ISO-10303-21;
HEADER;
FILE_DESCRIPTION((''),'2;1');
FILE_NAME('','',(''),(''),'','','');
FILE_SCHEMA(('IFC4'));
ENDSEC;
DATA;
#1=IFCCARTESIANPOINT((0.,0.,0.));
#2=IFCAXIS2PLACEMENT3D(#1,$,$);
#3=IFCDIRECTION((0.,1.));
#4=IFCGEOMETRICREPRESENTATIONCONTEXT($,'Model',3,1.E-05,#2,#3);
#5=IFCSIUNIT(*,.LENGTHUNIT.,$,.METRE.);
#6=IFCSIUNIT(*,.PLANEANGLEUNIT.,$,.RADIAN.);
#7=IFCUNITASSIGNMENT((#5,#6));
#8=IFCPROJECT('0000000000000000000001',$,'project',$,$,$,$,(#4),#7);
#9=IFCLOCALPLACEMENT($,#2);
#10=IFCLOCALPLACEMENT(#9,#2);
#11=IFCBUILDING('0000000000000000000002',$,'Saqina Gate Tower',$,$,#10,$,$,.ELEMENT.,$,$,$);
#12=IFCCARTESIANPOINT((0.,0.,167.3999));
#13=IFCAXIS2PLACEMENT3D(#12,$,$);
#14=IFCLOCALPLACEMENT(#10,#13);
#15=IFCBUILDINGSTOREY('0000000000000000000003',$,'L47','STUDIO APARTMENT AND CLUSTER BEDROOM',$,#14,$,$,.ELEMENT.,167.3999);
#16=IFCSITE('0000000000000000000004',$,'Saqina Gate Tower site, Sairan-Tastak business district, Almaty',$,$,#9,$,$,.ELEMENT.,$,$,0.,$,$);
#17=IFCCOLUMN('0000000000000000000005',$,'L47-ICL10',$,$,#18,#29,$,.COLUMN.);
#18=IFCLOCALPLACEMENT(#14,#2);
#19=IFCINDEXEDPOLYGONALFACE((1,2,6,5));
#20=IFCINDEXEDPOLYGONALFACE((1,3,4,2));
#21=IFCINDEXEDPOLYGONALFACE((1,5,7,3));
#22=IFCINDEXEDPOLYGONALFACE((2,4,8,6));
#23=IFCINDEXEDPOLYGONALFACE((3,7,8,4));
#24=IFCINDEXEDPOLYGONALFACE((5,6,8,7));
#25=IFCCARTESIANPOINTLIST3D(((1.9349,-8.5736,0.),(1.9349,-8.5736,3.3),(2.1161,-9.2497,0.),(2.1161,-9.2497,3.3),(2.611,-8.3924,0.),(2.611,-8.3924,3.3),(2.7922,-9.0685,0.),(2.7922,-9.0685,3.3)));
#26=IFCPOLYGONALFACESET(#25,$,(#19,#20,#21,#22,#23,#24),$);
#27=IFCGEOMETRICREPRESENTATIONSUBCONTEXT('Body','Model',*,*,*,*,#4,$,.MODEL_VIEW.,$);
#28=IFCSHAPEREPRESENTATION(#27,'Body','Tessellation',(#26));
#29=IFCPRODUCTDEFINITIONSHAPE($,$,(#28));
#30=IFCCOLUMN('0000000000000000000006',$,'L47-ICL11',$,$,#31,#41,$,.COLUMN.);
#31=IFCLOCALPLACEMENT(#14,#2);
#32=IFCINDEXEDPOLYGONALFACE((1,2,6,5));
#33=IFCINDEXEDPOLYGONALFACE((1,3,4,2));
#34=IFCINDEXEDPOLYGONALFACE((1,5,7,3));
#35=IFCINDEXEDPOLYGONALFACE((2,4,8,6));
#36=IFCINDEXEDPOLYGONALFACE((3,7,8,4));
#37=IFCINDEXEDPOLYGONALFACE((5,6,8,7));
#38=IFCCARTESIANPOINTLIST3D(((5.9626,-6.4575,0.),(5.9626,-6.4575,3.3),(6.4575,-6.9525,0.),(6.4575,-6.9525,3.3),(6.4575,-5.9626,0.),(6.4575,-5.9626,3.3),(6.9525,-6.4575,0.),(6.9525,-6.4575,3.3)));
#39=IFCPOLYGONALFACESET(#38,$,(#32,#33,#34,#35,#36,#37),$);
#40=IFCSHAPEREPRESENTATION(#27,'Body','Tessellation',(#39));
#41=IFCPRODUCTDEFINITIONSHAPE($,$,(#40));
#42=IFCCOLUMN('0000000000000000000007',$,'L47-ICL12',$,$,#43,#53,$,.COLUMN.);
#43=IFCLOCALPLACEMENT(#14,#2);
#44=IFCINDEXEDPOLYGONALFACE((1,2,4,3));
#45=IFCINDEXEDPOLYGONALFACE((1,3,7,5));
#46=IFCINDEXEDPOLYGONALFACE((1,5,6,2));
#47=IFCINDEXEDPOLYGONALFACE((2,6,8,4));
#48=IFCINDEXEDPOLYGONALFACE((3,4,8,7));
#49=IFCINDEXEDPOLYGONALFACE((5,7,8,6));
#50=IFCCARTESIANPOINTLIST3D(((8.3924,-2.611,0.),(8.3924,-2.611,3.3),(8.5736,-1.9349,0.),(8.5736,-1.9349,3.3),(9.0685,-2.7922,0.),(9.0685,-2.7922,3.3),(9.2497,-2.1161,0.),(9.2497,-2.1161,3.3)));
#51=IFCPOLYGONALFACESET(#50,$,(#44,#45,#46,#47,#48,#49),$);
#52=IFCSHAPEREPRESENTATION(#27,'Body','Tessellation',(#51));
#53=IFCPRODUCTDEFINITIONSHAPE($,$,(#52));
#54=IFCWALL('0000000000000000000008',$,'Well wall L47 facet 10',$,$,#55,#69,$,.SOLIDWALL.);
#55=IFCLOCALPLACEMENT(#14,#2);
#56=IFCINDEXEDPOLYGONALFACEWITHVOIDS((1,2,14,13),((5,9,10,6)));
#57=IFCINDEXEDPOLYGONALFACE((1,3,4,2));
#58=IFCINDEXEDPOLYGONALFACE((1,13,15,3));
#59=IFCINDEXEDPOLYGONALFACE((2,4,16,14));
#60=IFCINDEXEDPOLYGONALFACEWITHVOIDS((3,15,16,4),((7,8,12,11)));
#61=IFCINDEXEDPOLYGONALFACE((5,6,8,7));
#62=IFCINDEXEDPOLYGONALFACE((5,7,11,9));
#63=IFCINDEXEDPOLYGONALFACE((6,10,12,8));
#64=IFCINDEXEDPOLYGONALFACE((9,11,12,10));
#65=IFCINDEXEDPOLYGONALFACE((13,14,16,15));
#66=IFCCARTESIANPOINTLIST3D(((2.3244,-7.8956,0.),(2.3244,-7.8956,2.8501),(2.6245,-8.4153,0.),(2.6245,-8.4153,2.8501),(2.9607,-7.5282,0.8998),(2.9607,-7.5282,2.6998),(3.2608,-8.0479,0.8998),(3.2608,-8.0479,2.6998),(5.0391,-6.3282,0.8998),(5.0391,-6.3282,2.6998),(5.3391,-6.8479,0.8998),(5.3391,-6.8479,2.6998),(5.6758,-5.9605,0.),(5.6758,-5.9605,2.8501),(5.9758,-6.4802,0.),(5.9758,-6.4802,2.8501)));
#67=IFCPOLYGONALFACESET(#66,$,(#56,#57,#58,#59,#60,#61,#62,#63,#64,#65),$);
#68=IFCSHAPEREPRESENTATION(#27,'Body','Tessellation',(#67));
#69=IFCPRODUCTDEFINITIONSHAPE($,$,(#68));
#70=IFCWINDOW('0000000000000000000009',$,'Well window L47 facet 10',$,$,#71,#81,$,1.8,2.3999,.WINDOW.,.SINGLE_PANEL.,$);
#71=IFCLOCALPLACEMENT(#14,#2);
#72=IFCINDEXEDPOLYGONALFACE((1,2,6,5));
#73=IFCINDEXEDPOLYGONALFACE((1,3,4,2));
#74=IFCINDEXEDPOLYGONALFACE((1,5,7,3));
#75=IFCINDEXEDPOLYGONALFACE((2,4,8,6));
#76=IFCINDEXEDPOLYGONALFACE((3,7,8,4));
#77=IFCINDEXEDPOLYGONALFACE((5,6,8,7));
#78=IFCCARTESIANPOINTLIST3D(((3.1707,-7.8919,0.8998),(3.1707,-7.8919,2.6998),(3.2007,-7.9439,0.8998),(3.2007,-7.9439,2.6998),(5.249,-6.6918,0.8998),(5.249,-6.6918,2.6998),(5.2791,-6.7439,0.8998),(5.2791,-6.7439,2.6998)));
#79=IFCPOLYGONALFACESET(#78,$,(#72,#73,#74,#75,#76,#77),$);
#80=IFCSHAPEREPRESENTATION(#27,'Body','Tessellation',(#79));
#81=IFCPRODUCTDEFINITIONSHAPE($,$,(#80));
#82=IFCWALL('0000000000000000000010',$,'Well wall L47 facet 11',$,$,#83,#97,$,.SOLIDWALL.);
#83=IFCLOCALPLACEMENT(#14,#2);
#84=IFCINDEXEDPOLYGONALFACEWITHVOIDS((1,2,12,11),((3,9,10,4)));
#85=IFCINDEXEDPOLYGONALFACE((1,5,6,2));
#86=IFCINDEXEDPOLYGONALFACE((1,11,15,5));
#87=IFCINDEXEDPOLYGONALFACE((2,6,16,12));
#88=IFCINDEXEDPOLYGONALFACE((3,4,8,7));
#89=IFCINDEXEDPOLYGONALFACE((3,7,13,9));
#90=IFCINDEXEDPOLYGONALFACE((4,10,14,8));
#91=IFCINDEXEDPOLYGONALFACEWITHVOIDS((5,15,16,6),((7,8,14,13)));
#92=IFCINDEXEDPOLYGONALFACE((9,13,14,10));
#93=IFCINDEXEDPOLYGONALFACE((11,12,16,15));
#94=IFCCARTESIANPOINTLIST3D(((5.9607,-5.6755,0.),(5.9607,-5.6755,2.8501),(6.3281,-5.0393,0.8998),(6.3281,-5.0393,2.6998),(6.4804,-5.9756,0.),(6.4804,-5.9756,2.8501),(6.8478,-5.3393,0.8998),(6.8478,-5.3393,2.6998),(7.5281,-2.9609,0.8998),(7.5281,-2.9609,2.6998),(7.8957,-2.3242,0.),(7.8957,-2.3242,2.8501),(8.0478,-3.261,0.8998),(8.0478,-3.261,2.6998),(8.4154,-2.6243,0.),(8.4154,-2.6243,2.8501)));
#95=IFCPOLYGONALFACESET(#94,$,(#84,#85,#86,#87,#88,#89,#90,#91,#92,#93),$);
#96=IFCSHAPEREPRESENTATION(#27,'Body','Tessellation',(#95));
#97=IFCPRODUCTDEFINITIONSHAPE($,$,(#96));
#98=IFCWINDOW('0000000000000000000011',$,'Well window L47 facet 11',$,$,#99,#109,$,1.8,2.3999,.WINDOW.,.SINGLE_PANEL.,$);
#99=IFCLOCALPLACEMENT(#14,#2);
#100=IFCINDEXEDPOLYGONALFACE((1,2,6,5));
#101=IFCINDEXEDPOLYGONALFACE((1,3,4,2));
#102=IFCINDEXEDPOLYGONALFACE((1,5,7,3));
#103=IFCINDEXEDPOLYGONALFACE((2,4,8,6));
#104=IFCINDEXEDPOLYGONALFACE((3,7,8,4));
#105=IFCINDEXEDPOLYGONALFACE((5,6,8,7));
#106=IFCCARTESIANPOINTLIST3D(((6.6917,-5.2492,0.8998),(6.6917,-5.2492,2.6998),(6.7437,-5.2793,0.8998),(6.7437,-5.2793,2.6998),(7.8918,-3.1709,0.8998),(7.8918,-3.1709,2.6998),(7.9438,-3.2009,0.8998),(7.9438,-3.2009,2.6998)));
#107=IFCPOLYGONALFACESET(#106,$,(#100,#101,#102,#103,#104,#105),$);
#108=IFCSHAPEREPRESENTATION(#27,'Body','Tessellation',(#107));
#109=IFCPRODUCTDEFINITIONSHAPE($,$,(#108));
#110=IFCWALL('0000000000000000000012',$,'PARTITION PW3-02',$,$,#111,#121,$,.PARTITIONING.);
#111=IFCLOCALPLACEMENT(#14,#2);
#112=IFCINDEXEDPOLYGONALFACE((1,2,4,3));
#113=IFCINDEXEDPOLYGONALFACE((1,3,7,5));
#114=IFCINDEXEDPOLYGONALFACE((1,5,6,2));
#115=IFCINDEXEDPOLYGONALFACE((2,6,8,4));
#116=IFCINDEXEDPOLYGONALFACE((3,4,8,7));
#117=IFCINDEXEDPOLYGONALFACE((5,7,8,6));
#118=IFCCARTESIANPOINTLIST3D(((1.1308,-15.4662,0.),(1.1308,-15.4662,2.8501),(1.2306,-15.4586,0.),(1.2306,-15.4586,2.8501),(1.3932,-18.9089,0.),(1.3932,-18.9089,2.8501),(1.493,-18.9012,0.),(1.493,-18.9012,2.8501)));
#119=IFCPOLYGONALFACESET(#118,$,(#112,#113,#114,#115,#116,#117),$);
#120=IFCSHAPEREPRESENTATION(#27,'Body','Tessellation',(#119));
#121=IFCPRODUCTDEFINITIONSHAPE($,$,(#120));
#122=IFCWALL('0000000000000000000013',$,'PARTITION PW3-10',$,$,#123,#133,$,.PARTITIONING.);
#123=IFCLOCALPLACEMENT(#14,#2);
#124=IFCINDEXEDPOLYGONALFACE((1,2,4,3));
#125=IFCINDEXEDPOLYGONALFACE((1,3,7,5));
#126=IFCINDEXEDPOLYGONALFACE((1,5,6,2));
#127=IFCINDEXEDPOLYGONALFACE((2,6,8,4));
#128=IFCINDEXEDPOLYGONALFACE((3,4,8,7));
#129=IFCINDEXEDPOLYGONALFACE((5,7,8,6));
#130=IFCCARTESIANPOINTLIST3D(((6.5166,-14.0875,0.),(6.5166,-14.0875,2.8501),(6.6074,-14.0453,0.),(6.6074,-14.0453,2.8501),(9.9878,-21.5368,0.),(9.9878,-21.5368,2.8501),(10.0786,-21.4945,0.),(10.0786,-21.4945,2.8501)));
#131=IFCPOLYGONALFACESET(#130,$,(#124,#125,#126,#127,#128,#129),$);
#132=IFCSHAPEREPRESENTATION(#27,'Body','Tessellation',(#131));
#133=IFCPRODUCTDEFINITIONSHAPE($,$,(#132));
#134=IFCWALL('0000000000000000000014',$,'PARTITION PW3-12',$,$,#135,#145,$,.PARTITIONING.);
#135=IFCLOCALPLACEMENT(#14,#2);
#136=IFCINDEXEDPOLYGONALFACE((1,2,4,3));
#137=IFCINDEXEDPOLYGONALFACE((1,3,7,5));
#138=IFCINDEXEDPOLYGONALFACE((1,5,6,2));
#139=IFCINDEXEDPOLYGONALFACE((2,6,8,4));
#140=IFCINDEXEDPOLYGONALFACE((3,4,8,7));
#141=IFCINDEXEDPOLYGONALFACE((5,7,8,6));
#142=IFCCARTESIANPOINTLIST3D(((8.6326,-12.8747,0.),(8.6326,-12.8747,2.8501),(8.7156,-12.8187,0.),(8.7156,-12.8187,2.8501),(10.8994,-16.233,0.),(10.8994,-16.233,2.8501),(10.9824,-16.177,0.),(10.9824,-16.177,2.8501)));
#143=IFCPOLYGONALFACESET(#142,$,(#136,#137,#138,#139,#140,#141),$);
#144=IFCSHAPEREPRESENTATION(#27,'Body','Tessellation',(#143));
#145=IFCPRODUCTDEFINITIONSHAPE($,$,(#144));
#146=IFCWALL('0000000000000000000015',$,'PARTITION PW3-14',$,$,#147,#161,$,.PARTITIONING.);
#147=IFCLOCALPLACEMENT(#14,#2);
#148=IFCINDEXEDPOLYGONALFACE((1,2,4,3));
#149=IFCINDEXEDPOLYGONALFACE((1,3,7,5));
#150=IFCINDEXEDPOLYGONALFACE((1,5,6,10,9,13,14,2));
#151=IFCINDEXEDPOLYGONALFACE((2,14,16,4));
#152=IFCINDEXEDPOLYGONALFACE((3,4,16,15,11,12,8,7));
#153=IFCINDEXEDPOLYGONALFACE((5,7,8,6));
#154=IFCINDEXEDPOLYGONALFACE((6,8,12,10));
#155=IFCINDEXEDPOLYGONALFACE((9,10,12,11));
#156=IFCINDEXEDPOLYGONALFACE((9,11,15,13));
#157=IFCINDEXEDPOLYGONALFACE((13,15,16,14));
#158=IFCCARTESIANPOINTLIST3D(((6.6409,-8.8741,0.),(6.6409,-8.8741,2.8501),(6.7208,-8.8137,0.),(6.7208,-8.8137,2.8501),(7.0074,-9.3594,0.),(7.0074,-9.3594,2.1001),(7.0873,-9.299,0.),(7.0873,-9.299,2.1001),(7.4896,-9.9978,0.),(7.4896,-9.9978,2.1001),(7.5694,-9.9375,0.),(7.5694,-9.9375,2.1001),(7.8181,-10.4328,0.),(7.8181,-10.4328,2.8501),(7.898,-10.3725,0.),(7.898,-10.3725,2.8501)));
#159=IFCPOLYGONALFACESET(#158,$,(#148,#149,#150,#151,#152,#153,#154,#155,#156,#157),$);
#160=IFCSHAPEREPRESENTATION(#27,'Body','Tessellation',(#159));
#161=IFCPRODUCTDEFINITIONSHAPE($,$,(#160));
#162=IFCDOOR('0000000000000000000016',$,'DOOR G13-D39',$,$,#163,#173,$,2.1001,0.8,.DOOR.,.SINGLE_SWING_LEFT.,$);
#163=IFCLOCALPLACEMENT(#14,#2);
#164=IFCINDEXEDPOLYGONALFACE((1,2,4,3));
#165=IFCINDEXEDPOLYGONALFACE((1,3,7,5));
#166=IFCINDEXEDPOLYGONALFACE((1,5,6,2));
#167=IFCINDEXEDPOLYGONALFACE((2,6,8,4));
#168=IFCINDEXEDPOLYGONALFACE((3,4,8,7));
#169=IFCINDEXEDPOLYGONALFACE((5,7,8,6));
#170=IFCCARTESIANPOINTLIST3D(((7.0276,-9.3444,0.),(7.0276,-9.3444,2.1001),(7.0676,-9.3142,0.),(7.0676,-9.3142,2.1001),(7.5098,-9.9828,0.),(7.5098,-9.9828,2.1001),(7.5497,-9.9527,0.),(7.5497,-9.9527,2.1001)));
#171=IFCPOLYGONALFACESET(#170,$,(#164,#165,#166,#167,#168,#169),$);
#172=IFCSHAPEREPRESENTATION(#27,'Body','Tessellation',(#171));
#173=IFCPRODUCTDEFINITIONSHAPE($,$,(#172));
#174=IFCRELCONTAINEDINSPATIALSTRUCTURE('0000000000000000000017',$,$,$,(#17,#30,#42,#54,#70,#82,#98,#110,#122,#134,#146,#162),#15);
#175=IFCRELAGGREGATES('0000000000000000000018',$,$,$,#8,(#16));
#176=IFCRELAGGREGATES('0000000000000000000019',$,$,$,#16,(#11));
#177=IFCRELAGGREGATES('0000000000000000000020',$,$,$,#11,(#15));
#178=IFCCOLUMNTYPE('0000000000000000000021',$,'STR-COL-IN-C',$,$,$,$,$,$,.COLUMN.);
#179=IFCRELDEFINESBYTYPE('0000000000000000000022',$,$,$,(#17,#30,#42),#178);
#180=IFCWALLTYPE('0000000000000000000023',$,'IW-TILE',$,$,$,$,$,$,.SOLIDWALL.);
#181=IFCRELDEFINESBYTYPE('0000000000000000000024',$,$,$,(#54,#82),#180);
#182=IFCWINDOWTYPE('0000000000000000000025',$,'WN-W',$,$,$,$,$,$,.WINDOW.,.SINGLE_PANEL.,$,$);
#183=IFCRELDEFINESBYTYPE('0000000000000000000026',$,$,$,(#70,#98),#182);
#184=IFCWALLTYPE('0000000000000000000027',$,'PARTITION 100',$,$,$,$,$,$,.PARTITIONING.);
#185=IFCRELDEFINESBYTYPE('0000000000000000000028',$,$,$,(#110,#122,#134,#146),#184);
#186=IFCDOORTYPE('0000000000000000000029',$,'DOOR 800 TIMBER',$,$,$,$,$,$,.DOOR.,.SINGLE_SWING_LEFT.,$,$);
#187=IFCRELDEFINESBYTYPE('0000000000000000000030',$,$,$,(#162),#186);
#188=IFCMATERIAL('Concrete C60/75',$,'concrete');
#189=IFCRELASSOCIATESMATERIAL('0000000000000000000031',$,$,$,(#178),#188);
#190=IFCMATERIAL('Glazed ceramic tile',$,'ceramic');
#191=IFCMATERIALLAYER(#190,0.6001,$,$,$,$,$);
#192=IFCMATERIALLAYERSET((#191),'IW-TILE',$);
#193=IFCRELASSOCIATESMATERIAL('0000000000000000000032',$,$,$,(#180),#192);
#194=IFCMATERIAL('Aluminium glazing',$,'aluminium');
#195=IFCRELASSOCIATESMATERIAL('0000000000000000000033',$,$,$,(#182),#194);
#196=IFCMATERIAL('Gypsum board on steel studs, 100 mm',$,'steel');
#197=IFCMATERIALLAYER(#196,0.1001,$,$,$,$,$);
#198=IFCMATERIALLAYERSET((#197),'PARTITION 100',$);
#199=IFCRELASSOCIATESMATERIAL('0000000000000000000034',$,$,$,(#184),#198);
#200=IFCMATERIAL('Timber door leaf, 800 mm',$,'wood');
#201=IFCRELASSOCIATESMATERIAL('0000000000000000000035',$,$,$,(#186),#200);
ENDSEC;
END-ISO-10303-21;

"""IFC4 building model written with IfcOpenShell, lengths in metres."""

from ifc_helpers import new_model, si_unit, direction, frame, frame_2d, origin, origin_2d, place, context, subcontext, project, spatial, rectangle, extrude, material, layer, layer_set, material_profile, profile_set, type_object, element, fill, save


model = new_model("IFC4")

# Units and contexts
model_context = context("Model", 3, precision=1e-05, world=origin(), true_north=direction((0.0, 1.0)))
body_context = subcontext(model_context, "Body", "Model", "MODEL_VIEW")
ifc_project = project(units=[si_unit("LENGTHUNIT", "METRE"), si_unit("PLANEANGLEUNIT", "RADIAN")], contexts=[model_context])

# Site, building, storey
site_placement = place(None, origin())
site = spatial("IfcSite", under=ifc_project, at=site_placement, Name="Saqina Gate Tower site, Sairan-Tastak business district, Almaty", CompositionType="ELEMENT", RefElevation=0.0)
building_placement = place(site_placement, origin())
building = spatial("IfcBuilding", under=site, at=building_placement, Name="Saqina Gate Tower", CompositionType="ELEMENT")
storey_placement = place(building_placement, frame((0.0, 0.0, 167.3999)))
storey = spatial("IfcBuildingStorey", under=building, at=storey_placement, Name="L47", Description="STUDIO APARTMENT AND CLUSTER BEDROOM", CompositionType="ELEMENT", Elevation=167.3999)

# Columns
ifc_material_1 = material(Name="Concrete C60/75", Category="concrete")
ifc_material_profile = material_profile(ifc_material_1, rectangle(XDim=0.7, YDim=0.7, at=origin_2d()), Name="RC 700x700")
ifc_profile_set = profile_set([ifc_material_profile], Name="Concrete C60/75")
column_type = type_object("IfcColumnType", Name="STR-COL-IN-C", PredefinedType="COLUMN", material=ifc_profile_set)
for number, where, z_axis, x_axis, name in (
    (1, (2.3635, -8.821, 0.0), (0.0, 0.0, 1.0), (0.258819, -0.965926, 0.0), "L47-ICL10"),
    (2, (6.4575, -6.4575, 0.0), (0.0, 0.0, 1.0), (0.707107, -0.707107, 0.0), "L47-ICL11"),
    (3, (8.821, -2.3635, 0.0), (0.0, 0.0, 1.0), (0.965926, -0.258819, 0.0), "L47-ICL12"),
):
    element("IfcColumn", number, at=place(storey_placement, frame(where, z_axis=z_axis, x_axis=x_axis)), inside=storey, type_object=column_type, Name=name, PredefinedType="COLUMN", context=body_context, shape_type="SweptSolid", body=[
        extrude(rectangle(XDim=0.7, YDim=0.7, at=origin_2d()), origin(), (0.0, 0.0, 1.0), 3.3),
    ])

# Walls, openings, windows
ifc_material_2 = material(Name="Glazed ceramic tile", Category="ceramic")
ifc_layer_1 = layer(ifc_material_2, 0.6001)
ifc_layer_set_1 = layer_set([ifc_layer_1], Name="IW-TILE")
wall_type_1 = type_object("IfcWallType", Name="IW-TILE", PredefinedType="SOLIDWALL", material=ifc_layer_set_1)
wall_1_placement = place(storey_placement, frame((2.4744, -8.1555, 0.0), z_axis=(0.0, 0.0, 1.0), x_axis=(0.866006, 0.500034, 0.0)))
wall_1 = element("IfcWall", 4, at=wall_1_placement, inside=storey, type_object=wall_type_1, Name="Well wall L47 facet 10", PredefinedType="SOLIDWALL", context=body_context, shape_type="SweptSolid", body=[
    extrude(rectangle(XDim=3.8699, YDim=0.6001, at=frame_2d((1.9351, 0.0))), origin(), (0.0, 0.0, 1.0), 2.8501),
])
opening_1_placement = place(wall_1_placement, frame((0.7349, 0.0, 0.8999)))
opening_1 = element("IfcOpeningElement", 5, at=opening_1_placement, cuts=wall_1, PredefinedType="OPENING", context=body_context, shape_type="SweptSolid", body=[
    extrude(rectangle(XDim=2.3999, YDim=1.8, at=frame_2d((1.2, 0.8999))), frame((0.0, 0.312, 0.0), z_axis=(0.0, -1.0, 0.0), x_axis=(1.0, 0.0, 0.0)), (0.0, 0.0, 1.0), 0.624),
])
ifc_material_3 = material(Name="Aluminium glazing", Category="aluminium")
window_type = type_object("IfcWindowType", Name="WN-W", PartitioningType="SINGLE_PANEL", PredefinedType="WINDOW", material=ifc_material_3)
window_1_placement = place(opening_1_placement, origin())
window_1 = element("IfcWindow", 6, at=window_1_placement, inside=storey, type_object=window_type, Name="Well window L47 facet 10", OverallHeight=1.8, OverallWidth=2.3999, PartitioningType="SINGLE_PANEL", PredefinedType="WINDOW", context=body_context, shape_type="SweptSolid", body=[
    extrude(rectangle(XDim=2.3999, YDim=1.8, at=frame_2d((1.2, 0.8999))), frame((0.0, -0.1199, 0.0), z_axis=(0.0, -1.0, 0.0), x_axis=(1.0, 0.0, 0.0)), (0.0, 0.0, 1.0), 0.0601),
])
fill(opening_1, window_1)
wall_2_placement = place(storey_placement, frame((6.2205, -5.8257, 0.0), z_axis=(0.0, 0.0, 1.0), x_axis=(0.500034, 0.866006, 0.0)))
wall_2 = element("IfcWall", 7, at=wall_2_placement, inside=storey, type_object=wall_type_1, Name="Well wall L47 facet 11", PredefinedType="SOLIDWALL", context=body_context, shape_type="SweptSolid", body=[
    extrude(rectangle(XDim=3.8699, YDim=0.6001, at=frame_2d((1.9351, 0.0))), origin(), (0.0, 0.0, 1.0), 2.8501),
])
opening_2_placement = place(wall_2_placement, frame((0.7349, 0.0, 0.8999)))
opening_2 = element("IfcOpeningElement", 8, at=opening_2_placement, cuts=wall_2, PredefinedType="OPENING", context=body_context, shape_type="SweptSolid", body=[
    extrude(rectangle(XDim=2.3999, YDim=1.8, at=frame_2d((1.2, 0.8999))), frame((0.0, 0.312, 0.0), z_axis=(0.0, -1.0, 0.0), x_axis=(1.0, 0.0, 0.0)), (0.0, 0.0, 1.0), 0.624),
])
window_2_placement = place(opening_2_placement, origin())
window_2 = element("IfcWindow", 9, at=window_2_placement, inside=storey, type_object=window_type, Name="Well window L47 facet 11", OverallHeight=1.8, OverallWidth=2.3999, PartitioningType="SINGLE_PANEL", PredefinedType="WINDOW", context=body_context, shape_type="SweptSolid", body=[
    extrude(rectangle(XDim=2.3999, YDim=1.8, at=frame_2d((1.2, 0.8999))), frame((0.0, -0.1199, 0.0), z_axis=(0.0, -1.0, 0.0), x_axis=(1.0, 0.0, 0.0)), (0.0, 0.0, 1.0), 0.0601),
])
fill(opening_2, window_2)

# Walls
ifc_material_4 = material(Name="Gypsum board on steel studs, 100 mm", Category="steel")
ifc_layer_2 = layer(ifc_material_4, 0.1001)
ifc_layer_set_2 = layer_set([ifc_layer_2], Name="PARTITION 100")
wall_type_2 = type_object("IfcWallType", Name="PARTITION 100", PredefinedType="PARTITIONING", material=ifc_layer_set_2)
wall_3_placement = place(storey_placement, frame((1.1807, -15.4624, 0.0), z_axis=(0.0, 0.0, 1.0), x_axis=(0.076015, -0.997107, 0.0)))
element("IfcWall", 10, at=wall_3_placement, inside=storey, type_object=wall_type_2, Name="PARTITION PW3-02", PredefinedType="PARTITIONING", context=body_context, shape_type="SweptSolid", body=[
    extrude(rectangle(XDim=3.4526, YDim=0.1001, at=frame_2d((1.7263, 0.0))), origin(), (0.0, 0.0, 1.0), 2.8501),
])
wall_4_placement = place(storey_placement, frame((6.562, -14.0664, 0.0), z_axis=(0.0, 0.0, 1.0), x_axis=(0.422375, -0.906421, 0.0)))
element("IfcWall", 11, at=wall_4_placement, inside=storey, type_object=wall_type_2, Name="PARTITION PW3-10", PredefinedType="PARTITIONING", context=body_context, shape_type="SweptSolid", body=[
    extrude(rectangle(XDim=8.2183, YDim=0.1001, at=frame_2d((4.1091, 0.0))), origin(), (0.0, 0.0, 1.0), 2.8501),
])
wall_5_placement = place(storey_placement, frame((8.6741, -12.8467, 0.0), z_axis=(0.0, 0.0, 1.0), x_axis=(0.55946, -0.828857, 0.0)))
element("IfcWall", 12, at=wall_5_placement, inside=storey, type_object=wall_type_2, Name="PARTITION PW3-12", PredefinedType="PARTITIONING", context=body_context, shape_type="SweptSolid", body=[
    extrude(rectangle(XDim=4.0518, YDim=0.1001, at=frame_2d((2.0259, 0.0))), origin(), (0.0, 0.0, 1.0), 2.8501),
])

# Wall, opening, door
wall_6_placement = place(storey_placement, frame((6.6809, -8.844, 0.0), z_axis=(0.0, 0.0, 1.0), x_axis=(0.602656, -0.798001, 0.0)))
wall_6 = element("IfcWall", 13, at=wall_6_placement, inside=storey, type_object=wall_type_2, Name="PARTITION PW3-14", PredefinedType="PARTITIONING", context=body_context, shape_type="SweptSolid", body=[
    extrude(rectangle(XDim=1.9534, YDim=0.1001, at=frame_2d((0.9766, 0.0))), origin(), (0.0, 0.0, 1.0), 2.8501),
])
opening_3_placement = place(wall_6_placement, frame((0.6082, 0.0, 0.0)))
opening_3 = element("IfcOpeningElement", 14, at=opening_3_placement, cuts=wall_6, PredefinedType="OPENING", context=body_context, shape_type="SweptSolid", body=[
    extrude(rectangle(XDim=0.8, YDim=2.1001, at=frame_2d((0.3999, 1.05))), frame((0.0, 0.062, 0.0), z_axis=(0.0, -1.0, 0.0), x_axis=(1.0, 0.0, 0.0)), (0.0, 0.0, 1.0), 0.124),
])
ifc_material_5 = material(Name="Timber door leaf, 800 mm", Category="wood")
door_type_1 = type_object("IfcDoorType", Name="DOOR 800 TIMBER", OperationType="SINGLE_SWING_LEFT", PredefinedType="DOOR", material=ifc_material_5)
door_1_placement = place(opening_3_placement, frame((0.8, 0.0, 0.0), z_axis=(0.0, 0.0, 1.0), x_axis=(-1.0, 0.0, 0.0)))
door_1 = element("IfcDoor", 15, at=door_1_placement, inside=storey, type_object=door_type_1, Name="DOOR G13-D39", OperationType="SINGLE_SWING_LEFT", OverallHeight=2.1001, OverallWidth=0.8, PredefinedType="DOOR", context=body_context, shape_type="SweptSolid", body=[
    extrude(rectangle(XDim=0.8, YDim=2.1001, at=frame_2d((0.3999, 1.05))), frame((0.0, 0.0249, 0.0), z_axis=(0.0, -1.0, 0.0), x_axis=(1.0, 0.0, 0.0)), (0.0, 0.0, 1.0), 0.05),
])
fill(opening_3, door_1)

save(model, "model.ifc")
